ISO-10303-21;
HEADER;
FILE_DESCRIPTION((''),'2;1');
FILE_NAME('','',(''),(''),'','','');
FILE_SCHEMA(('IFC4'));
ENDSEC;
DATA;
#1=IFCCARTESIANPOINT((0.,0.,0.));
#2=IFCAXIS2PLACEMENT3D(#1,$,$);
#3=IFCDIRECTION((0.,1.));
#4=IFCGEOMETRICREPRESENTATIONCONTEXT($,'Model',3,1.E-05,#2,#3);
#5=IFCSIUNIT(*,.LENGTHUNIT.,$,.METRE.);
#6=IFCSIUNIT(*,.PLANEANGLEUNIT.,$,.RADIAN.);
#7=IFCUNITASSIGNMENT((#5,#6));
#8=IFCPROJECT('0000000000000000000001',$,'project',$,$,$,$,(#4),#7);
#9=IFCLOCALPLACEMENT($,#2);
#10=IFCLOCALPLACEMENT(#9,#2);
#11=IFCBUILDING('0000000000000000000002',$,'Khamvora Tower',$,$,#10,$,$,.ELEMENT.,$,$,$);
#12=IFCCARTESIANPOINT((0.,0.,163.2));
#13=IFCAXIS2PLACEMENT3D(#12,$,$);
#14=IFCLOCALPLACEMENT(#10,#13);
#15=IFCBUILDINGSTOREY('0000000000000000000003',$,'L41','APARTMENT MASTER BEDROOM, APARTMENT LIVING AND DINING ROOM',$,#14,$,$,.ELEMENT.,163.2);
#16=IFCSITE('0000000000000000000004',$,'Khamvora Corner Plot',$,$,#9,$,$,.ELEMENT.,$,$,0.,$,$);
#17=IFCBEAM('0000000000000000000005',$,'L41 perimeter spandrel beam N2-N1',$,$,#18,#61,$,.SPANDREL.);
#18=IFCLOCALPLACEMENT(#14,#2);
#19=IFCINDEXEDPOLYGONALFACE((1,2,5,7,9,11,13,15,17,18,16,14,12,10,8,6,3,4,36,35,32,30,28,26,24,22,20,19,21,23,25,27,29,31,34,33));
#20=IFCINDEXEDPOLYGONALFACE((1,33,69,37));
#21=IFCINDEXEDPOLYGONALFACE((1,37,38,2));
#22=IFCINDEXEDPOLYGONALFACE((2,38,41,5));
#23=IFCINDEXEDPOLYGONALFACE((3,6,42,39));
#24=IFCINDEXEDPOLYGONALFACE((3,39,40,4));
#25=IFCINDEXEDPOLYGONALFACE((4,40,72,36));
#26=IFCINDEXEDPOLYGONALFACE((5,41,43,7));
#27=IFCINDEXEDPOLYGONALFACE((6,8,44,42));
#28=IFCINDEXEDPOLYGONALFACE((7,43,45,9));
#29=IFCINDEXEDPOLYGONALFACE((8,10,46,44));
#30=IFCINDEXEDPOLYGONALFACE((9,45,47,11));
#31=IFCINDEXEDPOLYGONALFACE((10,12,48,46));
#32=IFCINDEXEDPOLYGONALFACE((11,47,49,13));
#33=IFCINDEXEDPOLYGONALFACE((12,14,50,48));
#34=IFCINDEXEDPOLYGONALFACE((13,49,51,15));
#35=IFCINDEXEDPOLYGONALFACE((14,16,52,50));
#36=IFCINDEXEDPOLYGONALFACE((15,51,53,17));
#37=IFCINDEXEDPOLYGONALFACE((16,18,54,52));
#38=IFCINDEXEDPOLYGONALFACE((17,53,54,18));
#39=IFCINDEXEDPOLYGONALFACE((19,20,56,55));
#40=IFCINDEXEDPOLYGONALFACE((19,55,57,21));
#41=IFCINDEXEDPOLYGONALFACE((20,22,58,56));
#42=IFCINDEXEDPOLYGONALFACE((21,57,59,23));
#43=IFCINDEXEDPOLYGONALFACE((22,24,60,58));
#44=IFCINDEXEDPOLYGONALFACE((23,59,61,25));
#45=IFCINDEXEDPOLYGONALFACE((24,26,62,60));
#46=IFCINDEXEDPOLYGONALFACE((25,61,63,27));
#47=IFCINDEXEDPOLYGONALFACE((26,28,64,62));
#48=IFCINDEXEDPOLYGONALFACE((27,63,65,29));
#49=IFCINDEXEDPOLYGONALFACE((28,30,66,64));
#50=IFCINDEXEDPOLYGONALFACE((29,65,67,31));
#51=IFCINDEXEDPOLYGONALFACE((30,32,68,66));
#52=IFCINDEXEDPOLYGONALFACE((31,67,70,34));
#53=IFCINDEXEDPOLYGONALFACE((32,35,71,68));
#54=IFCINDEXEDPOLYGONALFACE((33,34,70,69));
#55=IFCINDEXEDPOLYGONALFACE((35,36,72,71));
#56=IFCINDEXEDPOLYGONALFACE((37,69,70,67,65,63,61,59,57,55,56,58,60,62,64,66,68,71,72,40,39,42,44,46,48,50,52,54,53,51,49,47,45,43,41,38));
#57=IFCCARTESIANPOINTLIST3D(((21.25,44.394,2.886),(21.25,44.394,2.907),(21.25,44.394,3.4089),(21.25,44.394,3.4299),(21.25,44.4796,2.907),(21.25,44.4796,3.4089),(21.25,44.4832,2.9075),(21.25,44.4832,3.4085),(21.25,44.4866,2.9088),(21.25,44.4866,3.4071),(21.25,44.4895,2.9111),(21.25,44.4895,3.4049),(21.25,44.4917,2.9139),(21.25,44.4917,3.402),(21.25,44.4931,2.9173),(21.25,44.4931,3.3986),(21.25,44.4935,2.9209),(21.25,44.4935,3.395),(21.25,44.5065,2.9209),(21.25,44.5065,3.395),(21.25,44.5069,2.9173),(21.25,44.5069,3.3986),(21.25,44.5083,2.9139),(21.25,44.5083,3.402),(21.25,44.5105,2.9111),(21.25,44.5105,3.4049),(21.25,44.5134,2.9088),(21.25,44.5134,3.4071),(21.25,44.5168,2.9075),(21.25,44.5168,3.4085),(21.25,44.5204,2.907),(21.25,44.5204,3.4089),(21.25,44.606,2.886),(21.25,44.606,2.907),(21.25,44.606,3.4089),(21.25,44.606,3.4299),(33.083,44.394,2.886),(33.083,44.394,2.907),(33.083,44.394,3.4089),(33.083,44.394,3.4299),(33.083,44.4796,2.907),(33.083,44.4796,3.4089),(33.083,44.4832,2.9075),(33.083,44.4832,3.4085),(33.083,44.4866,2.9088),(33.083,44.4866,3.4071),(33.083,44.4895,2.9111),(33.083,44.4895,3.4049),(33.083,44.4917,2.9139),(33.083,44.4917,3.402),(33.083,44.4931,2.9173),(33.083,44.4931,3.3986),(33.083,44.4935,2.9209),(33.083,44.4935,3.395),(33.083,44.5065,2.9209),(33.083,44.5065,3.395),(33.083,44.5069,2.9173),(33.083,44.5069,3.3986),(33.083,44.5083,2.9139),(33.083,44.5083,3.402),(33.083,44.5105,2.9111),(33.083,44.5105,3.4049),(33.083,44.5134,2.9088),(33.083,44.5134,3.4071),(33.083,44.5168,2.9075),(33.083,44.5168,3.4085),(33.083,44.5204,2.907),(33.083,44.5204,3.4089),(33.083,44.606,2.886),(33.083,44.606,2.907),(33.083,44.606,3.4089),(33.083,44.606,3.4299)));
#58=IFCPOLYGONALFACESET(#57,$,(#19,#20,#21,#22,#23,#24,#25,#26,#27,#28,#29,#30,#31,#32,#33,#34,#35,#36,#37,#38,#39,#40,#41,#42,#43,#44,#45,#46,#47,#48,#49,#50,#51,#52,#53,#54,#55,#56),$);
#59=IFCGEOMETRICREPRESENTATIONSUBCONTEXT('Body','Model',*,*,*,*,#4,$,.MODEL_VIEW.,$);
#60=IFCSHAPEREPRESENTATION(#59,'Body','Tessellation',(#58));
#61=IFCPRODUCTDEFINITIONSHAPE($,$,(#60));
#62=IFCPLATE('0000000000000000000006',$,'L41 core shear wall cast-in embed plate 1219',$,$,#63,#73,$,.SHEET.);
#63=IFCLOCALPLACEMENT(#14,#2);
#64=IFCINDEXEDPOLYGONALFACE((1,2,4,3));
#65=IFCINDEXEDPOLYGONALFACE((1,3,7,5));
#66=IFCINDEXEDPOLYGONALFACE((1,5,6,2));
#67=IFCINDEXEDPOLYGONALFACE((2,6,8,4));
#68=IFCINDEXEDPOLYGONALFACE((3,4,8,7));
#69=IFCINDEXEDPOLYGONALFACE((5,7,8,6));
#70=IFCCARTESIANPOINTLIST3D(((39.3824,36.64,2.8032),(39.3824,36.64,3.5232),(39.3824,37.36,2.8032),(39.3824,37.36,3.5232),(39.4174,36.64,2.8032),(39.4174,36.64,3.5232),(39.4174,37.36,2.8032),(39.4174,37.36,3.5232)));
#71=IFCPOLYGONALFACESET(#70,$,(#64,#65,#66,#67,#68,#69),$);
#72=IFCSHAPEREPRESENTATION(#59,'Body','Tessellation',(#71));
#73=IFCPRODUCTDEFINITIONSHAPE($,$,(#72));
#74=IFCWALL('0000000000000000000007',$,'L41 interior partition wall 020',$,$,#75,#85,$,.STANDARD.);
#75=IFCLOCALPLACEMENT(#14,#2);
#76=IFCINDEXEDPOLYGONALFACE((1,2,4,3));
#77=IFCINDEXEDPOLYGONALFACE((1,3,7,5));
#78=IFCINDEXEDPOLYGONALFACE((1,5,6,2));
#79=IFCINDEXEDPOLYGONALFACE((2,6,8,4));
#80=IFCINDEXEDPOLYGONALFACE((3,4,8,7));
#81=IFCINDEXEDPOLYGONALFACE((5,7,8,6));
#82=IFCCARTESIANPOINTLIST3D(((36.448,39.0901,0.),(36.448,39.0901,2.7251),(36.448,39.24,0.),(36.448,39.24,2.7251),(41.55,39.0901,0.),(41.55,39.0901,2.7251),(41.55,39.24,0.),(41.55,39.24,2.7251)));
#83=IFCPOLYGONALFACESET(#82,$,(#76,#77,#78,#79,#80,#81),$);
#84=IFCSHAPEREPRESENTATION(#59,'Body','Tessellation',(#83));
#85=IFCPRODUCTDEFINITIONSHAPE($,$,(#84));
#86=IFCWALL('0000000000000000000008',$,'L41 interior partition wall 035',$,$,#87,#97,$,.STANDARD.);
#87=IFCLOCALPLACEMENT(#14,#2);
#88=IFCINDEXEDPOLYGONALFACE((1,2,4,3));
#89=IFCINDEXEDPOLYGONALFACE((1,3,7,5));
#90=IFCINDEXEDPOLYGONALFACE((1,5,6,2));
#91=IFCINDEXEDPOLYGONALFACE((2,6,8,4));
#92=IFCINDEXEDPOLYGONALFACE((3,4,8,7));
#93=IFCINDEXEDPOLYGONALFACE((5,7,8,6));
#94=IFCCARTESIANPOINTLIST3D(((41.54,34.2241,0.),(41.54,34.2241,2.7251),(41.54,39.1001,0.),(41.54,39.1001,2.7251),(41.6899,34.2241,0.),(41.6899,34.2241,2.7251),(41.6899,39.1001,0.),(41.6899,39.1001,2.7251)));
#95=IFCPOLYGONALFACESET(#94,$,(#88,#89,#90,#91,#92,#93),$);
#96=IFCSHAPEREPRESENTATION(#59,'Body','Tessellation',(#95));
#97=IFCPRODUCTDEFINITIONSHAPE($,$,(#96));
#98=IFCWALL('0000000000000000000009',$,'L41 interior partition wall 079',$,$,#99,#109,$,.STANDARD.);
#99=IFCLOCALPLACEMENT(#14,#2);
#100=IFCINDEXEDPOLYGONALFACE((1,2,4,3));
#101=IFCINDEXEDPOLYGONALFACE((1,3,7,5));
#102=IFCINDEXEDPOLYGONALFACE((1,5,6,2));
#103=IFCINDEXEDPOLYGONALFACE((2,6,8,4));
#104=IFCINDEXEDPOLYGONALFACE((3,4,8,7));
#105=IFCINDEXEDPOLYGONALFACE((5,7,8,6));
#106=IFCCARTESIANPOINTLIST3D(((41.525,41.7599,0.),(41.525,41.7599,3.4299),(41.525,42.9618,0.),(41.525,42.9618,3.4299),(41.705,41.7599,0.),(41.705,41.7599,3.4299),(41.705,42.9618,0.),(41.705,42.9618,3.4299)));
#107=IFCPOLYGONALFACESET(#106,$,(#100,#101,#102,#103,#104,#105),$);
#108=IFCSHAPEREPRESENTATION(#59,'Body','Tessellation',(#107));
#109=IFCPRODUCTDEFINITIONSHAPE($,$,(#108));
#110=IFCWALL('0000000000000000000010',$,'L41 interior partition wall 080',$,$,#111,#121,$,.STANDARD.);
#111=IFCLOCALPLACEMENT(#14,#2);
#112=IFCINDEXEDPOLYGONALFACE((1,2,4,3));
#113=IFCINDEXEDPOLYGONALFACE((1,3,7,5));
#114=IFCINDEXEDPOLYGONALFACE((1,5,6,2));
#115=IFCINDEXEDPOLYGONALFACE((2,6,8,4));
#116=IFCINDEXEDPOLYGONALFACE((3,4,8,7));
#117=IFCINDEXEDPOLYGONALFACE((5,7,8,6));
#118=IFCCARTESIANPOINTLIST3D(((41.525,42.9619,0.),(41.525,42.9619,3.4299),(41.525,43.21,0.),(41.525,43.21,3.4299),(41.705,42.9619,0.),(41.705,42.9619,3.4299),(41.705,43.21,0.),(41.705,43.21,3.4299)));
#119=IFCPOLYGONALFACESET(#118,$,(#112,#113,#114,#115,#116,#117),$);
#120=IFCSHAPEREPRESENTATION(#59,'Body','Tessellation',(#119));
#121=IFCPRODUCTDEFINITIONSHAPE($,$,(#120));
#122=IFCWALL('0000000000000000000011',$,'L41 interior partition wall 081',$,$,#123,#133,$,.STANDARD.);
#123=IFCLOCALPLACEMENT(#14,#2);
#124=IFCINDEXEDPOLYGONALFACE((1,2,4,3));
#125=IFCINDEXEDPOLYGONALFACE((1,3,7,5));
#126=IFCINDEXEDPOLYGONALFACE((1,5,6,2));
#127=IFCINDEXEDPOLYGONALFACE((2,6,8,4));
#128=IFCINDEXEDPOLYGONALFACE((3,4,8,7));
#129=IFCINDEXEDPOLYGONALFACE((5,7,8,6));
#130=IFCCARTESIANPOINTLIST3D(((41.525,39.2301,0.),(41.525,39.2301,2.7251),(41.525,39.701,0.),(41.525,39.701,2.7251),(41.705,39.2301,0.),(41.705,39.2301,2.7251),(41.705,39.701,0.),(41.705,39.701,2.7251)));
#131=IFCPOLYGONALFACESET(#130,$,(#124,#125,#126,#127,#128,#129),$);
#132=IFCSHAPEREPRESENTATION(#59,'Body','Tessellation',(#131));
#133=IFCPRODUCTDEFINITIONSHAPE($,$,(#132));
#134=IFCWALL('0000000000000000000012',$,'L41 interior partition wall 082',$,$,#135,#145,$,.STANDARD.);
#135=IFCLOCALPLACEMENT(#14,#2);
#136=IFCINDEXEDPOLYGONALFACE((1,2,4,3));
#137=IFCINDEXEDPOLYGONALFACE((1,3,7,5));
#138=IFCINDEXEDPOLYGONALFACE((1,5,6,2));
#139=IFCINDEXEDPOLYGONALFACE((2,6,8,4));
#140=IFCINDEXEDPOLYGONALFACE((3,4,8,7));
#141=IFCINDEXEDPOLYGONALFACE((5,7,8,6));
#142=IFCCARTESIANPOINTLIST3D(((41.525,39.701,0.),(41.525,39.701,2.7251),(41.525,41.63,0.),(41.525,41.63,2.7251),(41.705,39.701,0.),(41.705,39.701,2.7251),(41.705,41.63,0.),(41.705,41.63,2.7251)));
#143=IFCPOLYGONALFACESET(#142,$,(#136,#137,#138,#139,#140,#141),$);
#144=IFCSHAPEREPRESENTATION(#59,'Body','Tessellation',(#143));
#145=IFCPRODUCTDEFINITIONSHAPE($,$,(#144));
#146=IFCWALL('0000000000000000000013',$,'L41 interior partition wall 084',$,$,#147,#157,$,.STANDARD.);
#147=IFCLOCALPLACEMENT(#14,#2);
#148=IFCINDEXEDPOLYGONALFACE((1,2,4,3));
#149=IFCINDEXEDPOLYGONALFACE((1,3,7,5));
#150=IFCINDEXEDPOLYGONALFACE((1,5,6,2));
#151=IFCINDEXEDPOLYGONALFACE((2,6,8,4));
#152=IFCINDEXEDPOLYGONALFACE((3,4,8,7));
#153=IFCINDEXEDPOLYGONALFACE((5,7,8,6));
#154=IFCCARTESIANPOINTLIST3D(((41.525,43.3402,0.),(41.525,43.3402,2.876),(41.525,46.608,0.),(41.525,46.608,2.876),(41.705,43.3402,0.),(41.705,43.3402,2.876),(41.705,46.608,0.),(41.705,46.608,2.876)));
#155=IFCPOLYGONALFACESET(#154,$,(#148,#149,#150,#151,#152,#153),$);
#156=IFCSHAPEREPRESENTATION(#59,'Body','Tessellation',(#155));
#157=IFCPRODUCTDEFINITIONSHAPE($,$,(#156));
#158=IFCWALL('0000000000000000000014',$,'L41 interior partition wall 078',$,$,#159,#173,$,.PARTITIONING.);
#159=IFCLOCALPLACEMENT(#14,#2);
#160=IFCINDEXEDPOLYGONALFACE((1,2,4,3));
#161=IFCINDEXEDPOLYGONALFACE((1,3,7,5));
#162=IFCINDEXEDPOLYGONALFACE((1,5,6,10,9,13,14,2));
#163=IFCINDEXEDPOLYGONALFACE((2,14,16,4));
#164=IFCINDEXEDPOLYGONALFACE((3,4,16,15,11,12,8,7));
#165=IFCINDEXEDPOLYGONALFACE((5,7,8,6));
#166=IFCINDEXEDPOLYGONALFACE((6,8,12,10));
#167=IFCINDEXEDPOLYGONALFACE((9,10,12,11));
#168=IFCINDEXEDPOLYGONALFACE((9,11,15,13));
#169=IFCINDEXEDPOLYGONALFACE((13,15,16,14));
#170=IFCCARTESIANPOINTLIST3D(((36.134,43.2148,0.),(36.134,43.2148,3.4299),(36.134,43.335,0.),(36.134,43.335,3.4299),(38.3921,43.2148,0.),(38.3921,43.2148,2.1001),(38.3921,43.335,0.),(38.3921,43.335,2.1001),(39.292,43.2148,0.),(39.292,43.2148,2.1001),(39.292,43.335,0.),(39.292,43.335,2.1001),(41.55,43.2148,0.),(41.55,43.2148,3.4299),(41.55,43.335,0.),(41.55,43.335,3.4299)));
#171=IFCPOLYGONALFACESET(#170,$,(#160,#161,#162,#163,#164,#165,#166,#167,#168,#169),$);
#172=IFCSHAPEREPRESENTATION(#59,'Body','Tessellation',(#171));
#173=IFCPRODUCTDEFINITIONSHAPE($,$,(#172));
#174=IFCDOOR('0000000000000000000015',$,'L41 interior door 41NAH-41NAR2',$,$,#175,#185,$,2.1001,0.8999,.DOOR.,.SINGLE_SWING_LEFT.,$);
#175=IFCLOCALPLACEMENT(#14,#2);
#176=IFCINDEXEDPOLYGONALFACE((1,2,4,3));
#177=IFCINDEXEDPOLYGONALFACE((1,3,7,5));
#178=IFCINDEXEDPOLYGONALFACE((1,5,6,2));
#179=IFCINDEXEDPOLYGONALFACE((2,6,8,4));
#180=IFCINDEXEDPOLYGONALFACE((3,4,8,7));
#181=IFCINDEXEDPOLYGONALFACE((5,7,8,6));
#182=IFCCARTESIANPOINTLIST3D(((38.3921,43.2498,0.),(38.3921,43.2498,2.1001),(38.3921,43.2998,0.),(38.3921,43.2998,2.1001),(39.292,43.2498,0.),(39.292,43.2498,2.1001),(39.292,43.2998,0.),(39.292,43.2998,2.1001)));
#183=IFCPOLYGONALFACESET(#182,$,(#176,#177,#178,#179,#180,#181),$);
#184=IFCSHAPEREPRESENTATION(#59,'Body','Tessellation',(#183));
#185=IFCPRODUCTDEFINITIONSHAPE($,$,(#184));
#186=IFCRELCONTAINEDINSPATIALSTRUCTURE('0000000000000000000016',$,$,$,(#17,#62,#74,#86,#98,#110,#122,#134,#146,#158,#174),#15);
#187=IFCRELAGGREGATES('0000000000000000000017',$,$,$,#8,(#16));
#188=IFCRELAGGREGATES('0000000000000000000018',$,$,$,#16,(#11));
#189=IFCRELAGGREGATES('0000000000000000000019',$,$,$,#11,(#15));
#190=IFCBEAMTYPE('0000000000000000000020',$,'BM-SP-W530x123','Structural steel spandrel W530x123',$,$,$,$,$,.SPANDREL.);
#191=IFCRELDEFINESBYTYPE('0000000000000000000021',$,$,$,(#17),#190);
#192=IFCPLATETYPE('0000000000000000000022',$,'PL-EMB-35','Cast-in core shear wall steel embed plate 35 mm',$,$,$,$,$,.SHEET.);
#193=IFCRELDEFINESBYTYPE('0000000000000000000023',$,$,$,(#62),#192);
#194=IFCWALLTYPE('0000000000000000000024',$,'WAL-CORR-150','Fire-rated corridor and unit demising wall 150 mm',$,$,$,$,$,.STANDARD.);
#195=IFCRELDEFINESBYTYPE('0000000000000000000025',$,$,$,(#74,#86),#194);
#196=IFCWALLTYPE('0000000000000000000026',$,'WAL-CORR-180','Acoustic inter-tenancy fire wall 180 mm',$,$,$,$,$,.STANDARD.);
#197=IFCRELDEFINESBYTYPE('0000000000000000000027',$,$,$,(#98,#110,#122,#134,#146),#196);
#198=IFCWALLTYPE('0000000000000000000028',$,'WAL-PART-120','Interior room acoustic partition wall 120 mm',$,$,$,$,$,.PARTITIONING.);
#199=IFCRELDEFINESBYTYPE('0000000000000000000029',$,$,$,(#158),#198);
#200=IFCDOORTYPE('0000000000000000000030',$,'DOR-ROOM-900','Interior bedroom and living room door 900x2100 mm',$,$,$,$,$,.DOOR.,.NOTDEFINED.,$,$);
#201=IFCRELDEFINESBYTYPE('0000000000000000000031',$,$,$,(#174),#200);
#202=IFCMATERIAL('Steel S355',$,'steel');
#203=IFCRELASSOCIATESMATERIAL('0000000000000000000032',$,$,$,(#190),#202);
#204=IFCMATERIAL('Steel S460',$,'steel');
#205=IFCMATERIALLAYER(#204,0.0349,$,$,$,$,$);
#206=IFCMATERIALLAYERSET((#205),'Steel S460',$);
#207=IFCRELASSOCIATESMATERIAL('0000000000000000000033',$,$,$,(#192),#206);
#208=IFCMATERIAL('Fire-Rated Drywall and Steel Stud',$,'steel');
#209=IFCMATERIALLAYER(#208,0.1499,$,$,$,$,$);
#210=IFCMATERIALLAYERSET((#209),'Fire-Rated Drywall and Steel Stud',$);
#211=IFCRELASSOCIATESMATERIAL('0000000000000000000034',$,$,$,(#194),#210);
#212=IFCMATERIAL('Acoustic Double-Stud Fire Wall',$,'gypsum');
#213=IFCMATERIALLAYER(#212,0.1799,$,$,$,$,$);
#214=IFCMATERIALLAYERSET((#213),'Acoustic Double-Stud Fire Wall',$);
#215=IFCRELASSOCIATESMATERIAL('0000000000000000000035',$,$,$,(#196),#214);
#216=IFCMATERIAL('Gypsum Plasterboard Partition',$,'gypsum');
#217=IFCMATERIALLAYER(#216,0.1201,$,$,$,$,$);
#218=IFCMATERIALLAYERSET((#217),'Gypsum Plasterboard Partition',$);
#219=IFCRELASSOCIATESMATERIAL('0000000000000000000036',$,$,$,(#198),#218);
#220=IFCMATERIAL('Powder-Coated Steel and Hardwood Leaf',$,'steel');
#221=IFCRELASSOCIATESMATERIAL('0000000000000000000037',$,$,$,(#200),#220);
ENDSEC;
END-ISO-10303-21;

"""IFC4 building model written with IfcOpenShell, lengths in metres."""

from ifc_helpers import new_model, si_unit, direction, frame, frame_2d, origin, origin_2d, place, context, subcontext, project, spatial, rectangle, i_section, extrude, material, layer, layer_set, material_profile, profile_set, type_object, element, fill, save


model = new_model("IFC4")

# Units and contexts
model_context = context("Model", 3, precision=1e-05, world=origin(), true_north=direction((0.0, 1.0)))
body_context = subcontext(model_context, "Body", "Model", "MODEL_VIEW")
ifc_project = project(units=[si_unit("LENGTHUNIT", "METRE"), si_unit("PLANEANGLEUNIT", "RADIAN")], contexts=[model_context])

# Site, building, storey
site_placement = place(None, origin())
site = spatial("IfcSite", under=ifc_project, at=site_placement, Name="Khamvora Corner Plot", CompositionType="ELEMENT", RefElevation=0.0)
building_placement = place(site_placement, origin())
building = spatial("IfcBuilding", under=site, at=building_placement, Name="Khamvora Tower", CompositionType="ELEMENT")
storey_placement = place(building_placement, frame((0.0, 0.0, 163.2)))
storey = spatial("IfcBuildingStorey", under=building, at=storey_placement, Name="L41", Description="APARTMENT MASTER BEDROOM, APARTMENT LIVING AND DINING ROOM", CompositionType="ELEMENT", Elevation=163.2)

# Beam
ifc_material_1 = material(Name="Steel S355", Category="steel")
ifc_material_profile = material_profile(ifc_material_1, i_section(OverallWidth=0.2119, OverallDepth=0.5439, WebThickness=0.0129, FlangeThickness=0.021, FilletRadius=0.0139, at=origin_2d()), Name="W530x123")
ifc_profile_set = profile_set([ifc_material_profile], Name="Steel S355")
beam_type = type_object("IfcBeamType", Name="BM-SP-W530x123", Description="Structural steel spandrel W530x123", PredefinedType="SPANDREL", material=ifc_profile_set)
beam_placement = place(storey_placement, frame((33.083, 44.5, 3.158), z_axis=(-1.0, 0.0, 0.0), x_axis=(0.0, -1.0, 0.0)))
element("IfcBeam", 1, at=beam_placement, inside=storey, type_object=beam_type, Name="L41 perimeter spandrel beam N2-N1", PredefinedType="SPANDREL", context=body_context, shape_type="SweptSolid", body=[
    extrude(i_section(OverallWidth=0.2119, OverallDepth=0.5439, WebThickness=0.0129, FlangeThickness=0.021, FilletRadius=0.0139, at=origin_2d()), origin(), (0.0, 0.0, 1.0), 11.833),
])

# Plate
ifc_material_2 = material(Name="Steel S460", Category="steel")
ifc_layer_1 = layer(ifc_material_2, 0.0349)
ifc_layer_set_1 = layer_set([ifc_layer_1], Name="Steel S460")
plate_type = type_object("IfcPlateType", Name="PL-EMB-35", Description="Cast-in core shear wall steel embed plate 35 mm", PredefinedType="SHEET", material=ifc_layer_set_1)
plate_placement = place(storey_placement, frame((39.3999, 37.0, 2.8032), z_axis=(0.0, 0.0, 1.0), x_axis=(1.0, 0.0, 0.0)))
element("IfcPlate", 2, at=plate_placement, inside=storey, type_object=plate_type, Name="L41 core shear wall cast-in embed plate 1219", PredefinedType="SHEET", context=body_context, shape_type="SweptSolid", body=[
    extrude(rectangle(XDim=0.0349, YDim=0.72, at=origin_2d()), origin(), (0.0, 0.0, 1.0), 0.72),
])

# Shared definitions
ifc_material_3 = material(Name="Fire-Rated Drywall and Steel Stud", Category="steel")
ifc_layer_2 = layer(ifc_material_3, 0.1499)
ifc_layer_set_2 = layer_set([ifc_layer_2], Name="Fire-Rated Drywall and Steel Stud")
wall_type_1 = type_object("IfcWallType", Name="WAL-CORR-150", Description="Fire-rated corridor and unit demising wall 150 mm", PredefinedType="STANDARD", material=ifc_layer_set_2)
ifc_material_4 = material(Name="Powder-Coated Steel and Hardwood Leaf", Category="steel")

# Walls
wall_1_placement = place(storey_placement, frame((36.448, 39.165, 0.0), z_axis=(0.0, 0.0, 1.0), x_axis=(1.0, 0.0, 0.0)))
element("IfcWall", 3, at=wall_1_placement, inside=storey, type_object=wall_type_1, Name="L41 interior partition wall 020", PredefinedType="STANDARD", context=body_context, shape_type="SweptSolid", body=[
    extrude(rectangle(XDim=5.1021, YDim=0.1499, at=frame_2d((2.551, 0.0))), origin(), (0.0, 0.0, 1.0), 2.7251),
])
wall_2_placement = place(storey_placement, frame((41.615, 39.1001, 0.0), z_axis=(0.0, 0.0, 1.0), x_axis=(0.0, -1.0, 0.0)))
element("IfcWall", 4, at=wall_2_placement, inside=storey, type_object=wall_type_1, Name="L41 interior partition wall 035", PredefinedType="STANDARD", context=body_context, shape_type="SweptSolid", body=[
    extrude(rectangle(XDim=4.876, YDim=0.1499, at=frame_2d((2.438, 0.0))), origin(), (0.0, 0.0, 1.0), 2.7251),
])
ifc_material_5 = material(Name="Acoustic Double-Stud Fire Wall", Category="gypsum")
ifc_layer_3 = layer(ifc_material_5, 0.1799)
ifc_layer_set_3 = layer_set([ifc_layer_3], Name="Acoustic Double-Stud Fire Wall")
wall_type_2 = type_object("IfcWallType", Name="WAL-CORR-180", Description="Acoustic inter-tenancy fire wall 180 mm", PredefinedType="STANDARD", material=ifc_layer_set_3)
wall_3_placement = place(storey_placement, frame((41.615, 42.9619, 0.0), z_axis=(0.0, 0.0, 1.0), x_axis=(0.0, -1.0, 0.0)))
element("IfcWall", 5, at=wall_3_placement, inside=storey, type_object=wall_type_2, Name="L41 interior partition wall 079", PredefinedType="STANDARD", context=body_context, shape_type="SweptSolid", body=[
    extrude(rectangle(XDim=1.2019, YDim=0.1799, at=frame_2d((0.6011, 0.0))), origin(), (0.0, 0.0, 1.0), 3.4299),
])
wall_4_placement = place(storey_placement, frame((41.615, 43.21, 0.0), z_axis=(0.0, 0.0, 1.0), x_axis=(0.0, -1.0, 0.0)))
element("IfcWall", 6, at=wall_4_placement, inside=storey, type_object=wall_type_2, Name="L41 interior partition wall 080", PredefinedType="STANDARD", context=body_context, shape_type="SweptSolid", body=[
    extrude(rectangle(XDim=0.248, YDim=0.1799, at=frame_2d((0.124, 0.0))), origin(), (0.0, 0.0, 1.0), 3.4299),
])
wall_5_placement = place(storey_placement, frame((41.615, 39.7009, 0.0), z_axis=(0.0, 0.0, 1.0), x_axis=(0.0, -1.0, 0.0)))
element("IfcWall", 7, at=wall_5_placement, inside=storey, type_object=wall_type_2, Name="L41 interior partition wall 081", PredefinedType="STANDARD", context=body_context, shape_type="SweptSolid", body=[
    extrude(rectangle(XDim=0.4709, YDim=0.1799, at=frame_2d((0.2354, 0.0))), origin(), (0.0, 0.0, 1.0), 2.7251),
])
wall_6_placement = place(storey_placement, frame((41.615, 41.6299, 0.0), z_axis=(0.0, 0.0, 1.0), x_axis=(0.0, -1.0, 0.0)))
element("IfcWall", 8, at=wall_6_placement, inside=storey, type_object=wall_type_2, Name="L41 interior partition wall 082", PredefinedType="STANDARD", context=body_context, shape_type="SweptSolid", body=[
    extrude(rectangle(XDim=1.929, YDim=0.1799, at=frame_2d((0.9644, 0.0))), origin(), (0.0, 0.0, 1.0), 2.7251),
])
wall_7_placement = place(storey_placement, frame((41.615, 46.6079, 0.0), z_axis=(0.0, 0.0, 1.0), x_axis=(0.0, -1.0, 0.0)))
element("IfcWall", 9, at=wall_7_placement, inside=storey, type_object=wall_type_2, Name="L41 interior partition wall 084", PredefinedType="STANDARD", context=body_context, shape_type="SweptSolid", body=[
    extrude(rectangle(XDim=3.2678, YDim=0.1799, at=frame_2d((1.6338, 0.0))), origin(), (0.0, 0.0, 1.0), 2.876),
])

# Wall, opening, door
ifc_material_6 = material(Name="Gypsum Plasterboard Partition", Category="gypsum")
ifc_layer_4 = layer(ifc_material_6, 0.1201)
ifc_layer_set_4 = layer_set([ifc_layer_4], Name="Gypsum Plasterboard Partition")
wall_type_3 = type_object("IfcWallType", Name="WAL-PART-120", Description="Interior room acoustic partition wall 120 mm", PredefinedType="PARTITIONING", material=ifc_layer_set_4)
wall_8_placement = place(storey_placement, frame((36.134, 43.2749, 0.0), z_axis=(0.0, 0.0, 1.0), x_axis=(1.0, 0.0, 0.0)))
wall_8 = element("IfcWall", 10, at=wall_8_placement, inside=storey, type_object=wall_type_3, Name="L41 interior partition wall 078", PredefinedType="PARTITIONING", context=body_context, shape_type="SweptSolid", body=[
    extrude(rectangle(XDim=5.416, YDim=0.1201, at=frame_2d((2.708, 0.0))), origin(), (0.0, 0.0, 1.0), 3.4299),
])
opening_1_placement = place(wall_8_placement, frame((2.2581, 0.0, 0.0)))
opening_1 = element("IfcOpeningElement", 11, at=opening_1_placement, cuts=wall_8, PredefinedType="OPENING", context=body_context, shape_type="SweptSolid", body=[
    extrude(rectangle(XDim=0.8999, YDim=2.1001, at=frame_2d((0.45, 1.05))), frame((0.0, 0.0701, 0.0), z_axis=(0.0, -1.0, 0.0), x_axis=(1.0, 0.0, 0.0)), (0.0, 0.0, 1.0), 0.1401),
])
door_type_1 = type_object("IfcDoorType", Name="DOR-ROOM-900", Description="Interior bedroom and living room door 900x2100 mm", OperationType="NOTDEFINED", PredefinedType="DOOR", material=ifc_material_4)
door_1_placement = place(opening_1_placement, origin())
door_1 = element("IfcDoor", 12, at=door_1_placement, inside=storey, type_object=door_type_1, Name="L41 interior door 41NAH-41NAR2", OperationType="SINGLE_SWING_LEFT", OverallHeight=2.1001, OverallWidth=0.8999, PredefinedType="DOOR", context=body_context, shape_type="SweptSolid", body=[
    extrude(rectangle(XDim=0.8999, YDim=2.1001, at=frame_2d((0.45, 1.05))), frame((0.0, 0.0249, 0.0), z_axis=(0.0, -1.0, 0.0), x_axis=(1.0, 0.0, 0.0)), (0.0, 0.0, 1.0), 0.05),
])
fill(opening_1, door_1)

save(model, "model.ifc")
